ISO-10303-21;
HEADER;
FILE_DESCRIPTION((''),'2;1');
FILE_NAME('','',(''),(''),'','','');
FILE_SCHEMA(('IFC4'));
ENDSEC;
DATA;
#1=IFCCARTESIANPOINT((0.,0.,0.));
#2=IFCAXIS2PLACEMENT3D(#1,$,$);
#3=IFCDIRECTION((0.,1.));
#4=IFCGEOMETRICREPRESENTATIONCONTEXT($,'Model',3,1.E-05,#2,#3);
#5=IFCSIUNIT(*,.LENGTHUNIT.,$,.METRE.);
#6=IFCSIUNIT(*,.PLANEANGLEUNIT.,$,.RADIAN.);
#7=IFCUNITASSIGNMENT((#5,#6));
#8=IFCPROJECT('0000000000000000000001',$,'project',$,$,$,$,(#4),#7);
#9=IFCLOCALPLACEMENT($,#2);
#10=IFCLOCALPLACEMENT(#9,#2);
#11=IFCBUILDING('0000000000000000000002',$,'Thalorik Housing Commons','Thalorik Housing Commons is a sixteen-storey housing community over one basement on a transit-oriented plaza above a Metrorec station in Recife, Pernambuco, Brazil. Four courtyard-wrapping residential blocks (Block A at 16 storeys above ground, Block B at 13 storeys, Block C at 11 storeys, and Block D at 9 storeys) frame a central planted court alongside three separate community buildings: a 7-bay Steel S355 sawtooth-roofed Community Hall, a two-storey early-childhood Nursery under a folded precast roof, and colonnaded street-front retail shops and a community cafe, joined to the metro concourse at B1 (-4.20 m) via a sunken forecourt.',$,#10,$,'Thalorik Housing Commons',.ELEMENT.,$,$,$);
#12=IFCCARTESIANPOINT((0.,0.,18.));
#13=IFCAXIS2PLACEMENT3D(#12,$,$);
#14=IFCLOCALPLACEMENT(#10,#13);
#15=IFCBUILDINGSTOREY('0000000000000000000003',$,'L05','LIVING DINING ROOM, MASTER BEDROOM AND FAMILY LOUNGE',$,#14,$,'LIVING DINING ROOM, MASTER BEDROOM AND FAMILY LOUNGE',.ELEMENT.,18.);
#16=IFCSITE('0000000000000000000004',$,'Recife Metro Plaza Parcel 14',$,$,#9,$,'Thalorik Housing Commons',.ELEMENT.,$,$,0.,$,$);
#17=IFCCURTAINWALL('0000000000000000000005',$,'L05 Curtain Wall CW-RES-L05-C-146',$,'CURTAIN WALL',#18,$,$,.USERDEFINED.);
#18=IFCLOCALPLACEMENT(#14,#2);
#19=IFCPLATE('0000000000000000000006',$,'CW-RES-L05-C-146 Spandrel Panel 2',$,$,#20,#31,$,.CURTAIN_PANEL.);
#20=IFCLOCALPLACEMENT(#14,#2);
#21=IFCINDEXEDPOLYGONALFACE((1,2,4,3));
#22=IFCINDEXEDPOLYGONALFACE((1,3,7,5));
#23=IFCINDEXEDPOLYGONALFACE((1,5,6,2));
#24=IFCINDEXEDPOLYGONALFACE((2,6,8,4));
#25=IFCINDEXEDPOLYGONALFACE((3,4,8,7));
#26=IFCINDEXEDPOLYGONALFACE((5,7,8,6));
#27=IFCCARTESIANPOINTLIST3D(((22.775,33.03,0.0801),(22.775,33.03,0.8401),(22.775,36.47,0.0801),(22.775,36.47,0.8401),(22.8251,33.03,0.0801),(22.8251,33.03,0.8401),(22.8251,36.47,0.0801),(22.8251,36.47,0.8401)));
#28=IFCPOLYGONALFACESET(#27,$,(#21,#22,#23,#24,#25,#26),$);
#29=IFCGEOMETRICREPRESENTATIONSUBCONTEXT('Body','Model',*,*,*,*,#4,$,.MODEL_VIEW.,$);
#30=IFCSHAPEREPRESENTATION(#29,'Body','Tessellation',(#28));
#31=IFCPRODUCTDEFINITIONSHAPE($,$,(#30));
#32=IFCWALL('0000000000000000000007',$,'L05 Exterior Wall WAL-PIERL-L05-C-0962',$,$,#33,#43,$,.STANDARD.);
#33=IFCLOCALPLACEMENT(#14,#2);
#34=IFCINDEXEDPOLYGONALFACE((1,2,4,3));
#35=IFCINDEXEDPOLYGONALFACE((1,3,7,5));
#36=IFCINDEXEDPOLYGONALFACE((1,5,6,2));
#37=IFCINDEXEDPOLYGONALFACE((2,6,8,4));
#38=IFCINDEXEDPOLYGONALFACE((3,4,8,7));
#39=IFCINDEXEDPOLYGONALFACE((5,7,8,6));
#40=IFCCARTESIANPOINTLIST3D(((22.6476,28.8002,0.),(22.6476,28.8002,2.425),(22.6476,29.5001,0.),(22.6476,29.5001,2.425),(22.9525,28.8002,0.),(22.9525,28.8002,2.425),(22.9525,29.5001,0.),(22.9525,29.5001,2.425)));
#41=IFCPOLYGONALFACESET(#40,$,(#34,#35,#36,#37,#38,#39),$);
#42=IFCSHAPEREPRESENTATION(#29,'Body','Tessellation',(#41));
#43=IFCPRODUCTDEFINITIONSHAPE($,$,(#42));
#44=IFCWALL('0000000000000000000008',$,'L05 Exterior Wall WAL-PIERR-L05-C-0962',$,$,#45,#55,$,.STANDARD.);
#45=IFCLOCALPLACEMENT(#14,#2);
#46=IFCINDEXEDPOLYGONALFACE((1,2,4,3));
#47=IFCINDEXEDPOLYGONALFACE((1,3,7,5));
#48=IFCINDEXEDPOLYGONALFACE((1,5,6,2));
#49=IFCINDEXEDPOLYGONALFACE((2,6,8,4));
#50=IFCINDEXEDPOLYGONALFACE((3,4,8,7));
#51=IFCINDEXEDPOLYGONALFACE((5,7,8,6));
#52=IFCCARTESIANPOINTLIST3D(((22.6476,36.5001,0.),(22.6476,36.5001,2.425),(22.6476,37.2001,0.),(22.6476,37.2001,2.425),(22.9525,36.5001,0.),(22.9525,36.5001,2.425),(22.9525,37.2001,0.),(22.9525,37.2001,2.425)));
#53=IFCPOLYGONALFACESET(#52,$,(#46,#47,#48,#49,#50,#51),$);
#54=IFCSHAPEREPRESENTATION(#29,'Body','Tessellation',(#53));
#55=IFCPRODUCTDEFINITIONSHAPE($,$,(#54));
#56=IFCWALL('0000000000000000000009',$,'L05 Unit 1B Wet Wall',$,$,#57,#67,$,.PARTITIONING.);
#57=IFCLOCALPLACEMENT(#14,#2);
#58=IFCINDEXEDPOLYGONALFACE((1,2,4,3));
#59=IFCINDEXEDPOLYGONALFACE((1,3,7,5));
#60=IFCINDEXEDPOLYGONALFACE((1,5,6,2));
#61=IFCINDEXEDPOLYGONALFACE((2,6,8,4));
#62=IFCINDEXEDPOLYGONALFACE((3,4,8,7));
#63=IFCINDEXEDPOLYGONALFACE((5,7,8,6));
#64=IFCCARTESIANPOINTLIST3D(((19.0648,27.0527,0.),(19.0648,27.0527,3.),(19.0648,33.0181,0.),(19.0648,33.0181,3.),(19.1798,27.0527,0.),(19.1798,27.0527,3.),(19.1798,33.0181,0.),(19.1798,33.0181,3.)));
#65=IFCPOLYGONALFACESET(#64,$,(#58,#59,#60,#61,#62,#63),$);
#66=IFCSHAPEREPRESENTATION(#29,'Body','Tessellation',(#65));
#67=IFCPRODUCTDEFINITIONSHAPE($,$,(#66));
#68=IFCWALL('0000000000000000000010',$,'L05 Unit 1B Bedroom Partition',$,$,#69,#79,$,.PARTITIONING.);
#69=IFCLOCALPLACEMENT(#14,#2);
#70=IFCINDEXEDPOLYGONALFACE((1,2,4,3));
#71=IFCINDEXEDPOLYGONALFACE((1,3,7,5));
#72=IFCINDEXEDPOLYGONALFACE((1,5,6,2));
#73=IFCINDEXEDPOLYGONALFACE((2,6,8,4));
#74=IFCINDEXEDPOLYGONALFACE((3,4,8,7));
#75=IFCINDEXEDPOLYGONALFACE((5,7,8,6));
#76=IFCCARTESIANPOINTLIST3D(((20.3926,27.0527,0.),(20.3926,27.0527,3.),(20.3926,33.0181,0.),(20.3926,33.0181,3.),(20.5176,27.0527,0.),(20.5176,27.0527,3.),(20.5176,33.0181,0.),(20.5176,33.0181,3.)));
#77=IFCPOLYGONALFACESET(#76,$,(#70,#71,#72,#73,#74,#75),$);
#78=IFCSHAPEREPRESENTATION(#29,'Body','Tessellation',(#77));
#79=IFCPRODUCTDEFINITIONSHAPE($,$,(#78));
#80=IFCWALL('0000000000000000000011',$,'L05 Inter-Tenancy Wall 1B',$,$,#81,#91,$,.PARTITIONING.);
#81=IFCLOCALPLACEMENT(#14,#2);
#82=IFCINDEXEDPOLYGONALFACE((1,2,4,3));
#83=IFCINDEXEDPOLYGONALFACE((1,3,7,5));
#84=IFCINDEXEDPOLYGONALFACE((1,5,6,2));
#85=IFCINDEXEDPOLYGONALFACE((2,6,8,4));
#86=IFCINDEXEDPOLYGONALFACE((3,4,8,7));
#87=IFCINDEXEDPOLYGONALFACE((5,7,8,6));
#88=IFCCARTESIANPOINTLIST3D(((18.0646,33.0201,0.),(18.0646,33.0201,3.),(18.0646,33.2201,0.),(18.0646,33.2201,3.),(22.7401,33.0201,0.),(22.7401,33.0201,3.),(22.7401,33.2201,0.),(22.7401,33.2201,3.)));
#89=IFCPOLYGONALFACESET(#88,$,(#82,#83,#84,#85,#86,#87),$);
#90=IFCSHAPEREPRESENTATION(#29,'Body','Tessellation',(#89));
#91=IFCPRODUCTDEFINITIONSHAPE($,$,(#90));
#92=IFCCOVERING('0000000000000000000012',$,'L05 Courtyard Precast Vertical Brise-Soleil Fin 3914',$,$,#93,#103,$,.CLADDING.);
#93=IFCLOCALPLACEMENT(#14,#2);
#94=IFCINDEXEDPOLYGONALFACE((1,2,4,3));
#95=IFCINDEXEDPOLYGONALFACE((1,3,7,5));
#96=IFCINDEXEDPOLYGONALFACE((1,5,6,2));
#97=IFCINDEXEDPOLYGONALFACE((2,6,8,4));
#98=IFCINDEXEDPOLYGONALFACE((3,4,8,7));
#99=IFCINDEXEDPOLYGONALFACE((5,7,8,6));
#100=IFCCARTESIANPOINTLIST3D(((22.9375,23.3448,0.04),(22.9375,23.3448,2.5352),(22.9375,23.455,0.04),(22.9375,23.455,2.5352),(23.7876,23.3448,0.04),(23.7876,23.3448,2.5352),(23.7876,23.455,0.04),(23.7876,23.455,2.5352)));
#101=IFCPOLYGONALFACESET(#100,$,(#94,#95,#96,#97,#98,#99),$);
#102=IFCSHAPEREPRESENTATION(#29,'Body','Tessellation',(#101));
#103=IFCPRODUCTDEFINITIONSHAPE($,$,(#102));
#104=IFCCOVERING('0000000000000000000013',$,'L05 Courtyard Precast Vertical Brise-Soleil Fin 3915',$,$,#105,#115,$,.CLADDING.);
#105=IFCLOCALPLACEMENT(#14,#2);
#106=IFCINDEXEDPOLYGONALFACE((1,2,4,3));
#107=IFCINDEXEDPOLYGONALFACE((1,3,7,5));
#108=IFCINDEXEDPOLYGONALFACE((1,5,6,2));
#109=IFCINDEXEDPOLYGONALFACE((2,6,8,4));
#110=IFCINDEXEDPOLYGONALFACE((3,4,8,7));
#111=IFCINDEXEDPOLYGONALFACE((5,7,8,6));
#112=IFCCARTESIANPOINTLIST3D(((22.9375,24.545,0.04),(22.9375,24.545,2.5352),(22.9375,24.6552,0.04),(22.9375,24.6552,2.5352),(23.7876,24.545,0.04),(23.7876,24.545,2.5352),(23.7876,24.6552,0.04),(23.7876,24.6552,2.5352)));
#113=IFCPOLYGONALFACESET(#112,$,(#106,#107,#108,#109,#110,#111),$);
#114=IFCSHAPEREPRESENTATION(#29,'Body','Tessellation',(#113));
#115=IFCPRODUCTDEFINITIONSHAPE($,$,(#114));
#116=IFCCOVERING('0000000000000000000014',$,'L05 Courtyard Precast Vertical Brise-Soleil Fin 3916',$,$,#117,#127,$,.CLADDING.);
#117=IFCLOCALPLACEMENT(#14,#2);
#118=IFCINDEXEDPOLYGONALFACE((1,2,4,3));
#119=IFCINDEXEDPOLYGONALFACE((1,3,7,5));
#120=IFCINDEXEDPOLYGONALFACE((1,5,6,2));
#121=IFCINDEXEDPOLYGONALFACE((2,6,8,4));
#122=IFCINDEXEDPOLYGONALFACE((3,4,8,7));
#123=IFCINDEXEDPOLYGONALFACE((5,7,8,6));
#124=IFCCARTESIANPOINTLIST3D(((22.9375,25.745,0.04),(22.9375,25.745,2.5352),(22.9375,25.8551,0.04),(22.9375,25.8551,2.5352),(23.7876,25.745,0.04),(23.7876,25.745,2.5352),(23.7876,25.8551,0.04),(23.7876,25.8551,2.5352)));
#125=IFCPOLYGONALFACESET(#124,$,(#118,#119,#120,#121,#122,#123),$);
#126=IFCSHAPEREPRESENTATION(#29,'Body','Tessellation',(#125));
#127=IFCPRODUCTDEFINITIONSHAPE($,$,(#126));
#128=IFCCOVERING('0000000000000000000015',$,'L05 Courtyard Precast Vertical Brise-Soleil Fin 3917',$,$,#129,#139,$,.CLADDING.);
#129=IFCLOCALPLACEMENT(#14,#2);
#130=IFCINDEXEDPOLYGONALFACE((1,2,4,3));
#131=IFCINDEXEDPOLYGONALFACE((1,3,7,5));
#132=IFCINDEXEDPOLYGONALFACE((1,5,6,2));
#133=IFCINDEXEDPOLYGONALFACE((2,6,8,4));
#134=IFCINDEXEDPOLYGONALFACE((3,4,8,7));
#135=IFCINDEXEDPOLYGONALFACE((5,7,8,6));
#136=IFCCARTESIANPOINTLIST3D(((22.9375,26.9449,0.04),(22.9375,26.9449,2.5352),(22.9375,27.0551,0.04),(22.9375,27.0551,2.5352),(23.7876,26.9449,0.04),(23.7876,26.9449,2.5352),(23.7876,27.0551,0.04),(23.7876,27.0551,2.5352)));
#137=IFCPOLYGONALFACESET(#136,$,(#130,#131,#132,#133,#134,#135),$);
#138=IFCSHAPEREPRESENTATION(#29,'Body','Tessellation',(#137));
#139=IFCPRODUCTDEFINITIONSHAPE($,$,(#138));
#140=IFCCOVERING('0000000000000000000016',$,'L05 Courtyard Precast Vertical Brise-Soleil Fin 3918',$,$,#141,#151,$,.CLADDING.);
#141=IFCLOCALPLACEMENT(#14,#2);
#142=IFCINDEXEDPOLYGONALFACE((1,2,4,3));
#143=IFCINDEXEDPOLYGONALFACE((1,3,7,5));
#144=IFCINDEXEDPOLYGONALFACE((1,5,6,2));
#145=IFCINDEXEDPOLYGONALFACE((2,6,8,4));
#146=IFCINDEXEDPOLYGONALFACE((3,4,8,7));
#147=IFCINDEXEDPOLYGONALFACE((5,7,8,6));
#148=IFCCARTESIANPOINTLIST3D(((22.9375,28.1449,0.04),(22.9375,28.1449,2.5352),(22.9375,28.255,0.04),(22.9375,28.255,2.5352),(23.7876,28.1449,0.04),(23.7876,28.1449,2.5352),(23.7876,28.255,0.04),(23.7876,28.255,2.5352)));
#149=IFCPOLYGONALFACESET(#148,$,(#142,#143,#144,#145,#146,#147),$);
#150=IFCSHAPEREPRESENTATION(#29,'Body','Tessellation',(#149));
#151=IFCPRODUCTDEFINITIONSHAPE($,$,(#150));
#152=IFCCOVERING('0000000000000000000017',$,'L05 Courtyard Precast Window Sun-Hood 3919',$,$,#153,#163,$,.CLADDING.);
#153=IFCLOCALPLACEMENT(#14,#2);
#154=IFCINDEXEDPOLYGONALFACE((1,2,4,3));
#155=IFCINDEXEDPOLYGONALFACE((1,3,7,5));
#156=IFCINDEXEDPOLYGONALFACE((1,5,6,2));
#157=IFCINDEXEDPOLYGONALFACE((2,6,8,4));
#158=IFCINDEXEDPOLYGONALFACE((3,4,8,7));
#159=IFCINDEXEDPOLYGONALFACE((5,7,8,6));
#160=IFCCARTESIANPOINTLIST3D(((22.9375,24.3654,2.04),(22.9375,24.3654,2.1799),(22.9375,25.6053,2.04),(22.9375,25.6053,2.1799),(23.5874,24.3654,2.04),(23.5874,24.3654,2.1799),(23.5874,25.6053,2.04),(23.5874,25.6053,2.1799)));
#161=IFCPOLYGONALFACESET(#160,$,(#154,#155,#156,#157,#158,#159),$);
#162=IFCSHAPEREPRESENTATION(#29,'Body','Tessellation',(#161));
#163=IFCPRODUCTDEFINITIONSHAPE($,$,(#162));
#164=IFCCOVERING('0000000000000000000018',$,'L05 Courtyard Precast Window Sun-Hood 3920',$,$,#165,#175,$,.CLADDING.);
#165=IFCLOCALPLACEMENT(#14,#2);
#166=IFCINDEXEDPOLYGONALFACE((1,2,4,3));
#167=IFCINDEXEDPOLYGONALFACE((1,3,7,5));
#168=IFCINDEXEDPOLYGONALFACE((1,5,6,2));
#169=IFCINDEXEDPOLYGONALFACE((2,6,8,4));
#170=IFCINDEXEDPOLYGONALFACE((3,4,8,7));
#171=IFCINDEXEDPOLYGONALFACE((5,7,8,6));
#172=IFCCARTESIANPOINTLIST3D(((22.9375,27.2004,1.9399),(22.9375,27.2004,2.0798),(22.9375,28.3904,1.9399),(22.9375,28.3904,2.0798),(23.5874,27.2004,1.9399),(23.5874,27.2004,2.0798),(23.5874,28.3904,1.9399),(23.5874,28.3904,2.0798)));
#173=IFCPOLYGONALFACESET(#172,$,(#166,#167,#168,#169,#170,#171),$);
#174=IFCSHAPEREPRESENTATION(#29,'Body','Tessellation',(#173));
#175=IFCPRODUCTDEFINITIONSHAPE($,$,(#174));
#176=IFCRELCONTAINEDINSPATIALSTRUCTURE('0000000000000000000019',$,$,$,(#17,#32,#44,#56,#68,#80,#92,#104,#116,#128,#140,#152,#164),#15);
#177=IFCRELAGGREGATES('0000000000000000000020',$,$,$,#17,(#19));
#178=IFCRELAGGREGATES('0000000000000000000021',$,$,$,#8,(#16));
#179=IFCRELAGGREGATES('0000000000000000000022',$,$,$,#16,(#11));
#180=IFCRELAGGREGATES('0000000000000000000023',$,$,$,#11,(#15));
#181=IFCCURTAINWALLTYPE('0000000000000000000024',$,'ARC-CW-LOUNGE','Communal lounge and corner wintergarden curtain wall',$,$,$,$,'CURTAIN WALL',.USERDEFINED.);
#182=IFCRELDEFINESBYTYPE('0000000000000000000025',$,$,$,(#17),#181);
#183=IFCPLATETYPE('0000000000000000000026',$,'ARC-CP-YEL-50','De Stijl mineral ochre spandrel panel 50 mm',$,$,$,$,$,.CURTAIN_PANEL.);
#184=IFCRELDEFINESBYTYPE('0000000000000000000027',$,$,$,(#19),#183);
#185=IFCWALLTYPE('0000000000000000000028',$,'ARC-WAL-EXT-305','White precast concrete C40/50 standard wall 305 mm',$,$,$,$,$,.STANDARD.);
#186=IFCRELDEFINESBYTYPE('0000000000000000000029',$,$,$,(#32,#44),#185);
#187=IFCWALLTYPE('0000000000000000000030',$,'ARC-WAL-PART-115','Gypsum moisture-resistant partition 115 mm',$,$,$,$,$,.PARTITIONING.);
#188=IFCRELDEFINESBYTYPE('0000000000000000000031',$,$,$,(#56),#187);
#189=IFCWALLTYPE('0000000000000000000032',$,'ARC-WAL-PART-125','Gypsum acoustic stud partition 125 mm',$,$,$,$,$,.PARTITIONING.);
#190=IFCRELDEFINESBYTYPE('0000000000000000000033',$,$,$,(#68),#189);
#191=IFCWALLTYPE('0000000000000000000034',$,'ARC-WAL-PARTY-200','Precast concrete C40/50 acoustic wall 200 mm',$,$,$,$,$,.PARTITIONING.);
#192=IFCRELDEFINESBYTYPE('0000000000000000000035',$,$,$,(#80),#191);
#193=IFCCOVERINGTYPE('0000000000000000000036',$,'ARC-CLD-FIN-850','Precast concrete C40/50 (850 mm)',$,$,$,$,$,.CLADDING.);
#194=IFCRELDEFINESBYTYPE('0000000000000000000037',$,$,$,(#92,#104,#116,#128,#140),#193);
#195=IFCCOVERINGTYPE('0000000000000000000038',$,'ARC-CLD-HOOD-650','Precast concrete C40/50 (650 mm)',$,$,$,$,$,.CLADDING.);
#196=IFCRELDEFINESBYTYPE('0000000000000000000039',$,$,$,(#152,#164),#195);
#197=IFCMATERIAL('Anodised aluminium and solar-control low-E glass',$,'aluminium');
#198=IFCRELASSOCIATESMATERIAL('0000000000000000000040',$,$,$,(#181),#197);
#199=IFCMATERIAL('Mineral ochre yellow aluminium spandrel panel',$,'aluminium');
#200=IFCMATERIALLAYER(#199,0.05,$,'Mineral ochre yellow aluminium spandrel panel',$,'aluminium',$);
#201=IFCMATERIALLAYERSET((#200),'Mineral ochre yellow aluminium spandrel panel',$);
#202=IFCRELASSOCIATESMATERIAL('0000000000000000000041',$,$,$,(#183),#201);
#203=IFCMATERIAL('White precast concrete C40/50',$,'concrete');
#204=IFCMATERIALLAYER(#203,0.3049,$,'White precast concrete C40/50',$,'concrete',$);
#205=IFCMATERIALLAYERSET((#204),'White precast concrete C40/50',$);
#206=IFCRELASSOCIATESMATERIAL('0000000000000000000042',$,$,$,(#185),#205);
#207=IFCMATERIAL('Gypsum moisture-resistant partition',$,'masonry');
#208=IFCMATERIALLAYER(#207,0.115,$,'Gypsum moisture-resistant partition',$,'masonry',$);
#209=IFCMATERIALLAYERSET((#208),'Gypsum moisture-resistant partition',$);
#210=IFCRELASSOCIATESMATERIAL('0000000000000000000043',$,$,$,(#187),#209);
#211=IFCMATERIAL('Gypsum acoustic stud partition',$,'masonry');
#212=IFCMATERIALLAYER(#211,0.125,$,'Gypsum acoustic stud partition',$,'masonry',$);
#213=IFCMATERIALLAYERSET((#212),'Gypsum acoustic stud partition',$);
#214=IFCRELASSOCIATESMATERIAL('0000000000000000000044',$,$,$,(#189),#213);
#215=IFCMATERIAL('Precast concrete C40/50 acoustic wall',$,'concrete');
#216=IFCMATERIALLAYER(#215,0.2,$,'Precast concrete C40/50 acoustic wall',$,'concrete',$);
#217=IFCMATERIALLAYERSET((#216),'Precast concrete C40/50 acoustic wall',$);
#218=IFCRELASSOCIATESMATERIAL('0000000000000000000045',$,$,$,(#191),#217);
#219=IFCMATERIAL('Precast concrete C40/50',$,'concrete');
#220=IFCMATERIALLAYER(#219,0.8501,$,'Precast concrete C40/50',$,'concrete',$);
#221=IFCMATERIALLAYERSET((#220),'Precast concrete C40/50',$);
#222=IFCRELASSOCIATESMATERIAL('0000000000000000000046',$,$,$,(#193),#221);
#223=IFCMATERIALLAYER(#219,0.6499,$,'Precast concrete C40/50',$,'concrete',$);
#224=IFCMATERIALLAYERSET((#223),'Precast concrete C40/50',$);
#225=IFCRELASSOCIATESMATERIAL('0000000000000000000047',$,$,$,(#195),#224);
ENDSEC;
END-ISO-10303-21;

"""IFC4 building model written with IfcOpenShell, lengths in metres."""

from ifc_helpers import new_model, si_unit, direction, frame, frame_2d, origin, origin_2d, place, context, subcontext, project, spatial, rectangle, extrude, material, layer, layer_set, type_object, element, aggregate, save


model = new_model("IFC4")

# Units and contexts
model_context = context("Model", 3, precision=1e-05, world=origin(), true_north=direction((0.0, 1.0)))
body_context = subcontext(model_context, "Body", "Model", "MODEL_VIEW")
ifc_project = project(units=[si_unit("LENGTHUNIT", "METRE"), si_unit("PLANEANGLEUNIT", "RADIAN")], contexts=[model_context])

# Site, building, storey
site_placement = place(None, origin())
site = spatial("IfcSite", under=ifc_project, at=site_placement, Name="Recife Metro Plaza Parcel 14", LongName="Thalorik Housing Commons", CompositionType="ELEMENT", RefElevation=0.0)
building_placement = place(site_placement, origin())
building = spatial("IfcBuilding", under=site, at=building_placement, Name="Thalorik Housing Commons", Description="Thalorik Housing Commons is a sixteen-storey housing community over one basement on a transit-oriented plaza above a Metrorec station in Recife, Pernambuco, Brazil. Four courtyard-wrapping residential blocks (Block A at 16 storeys above ground, Block B at 13 storeys, Block C at 11 storeys, and Block D at 9 storeys) frame a central planted court alongside three separate community buildings: a 7-bay Steel S355 sawtooth-roofed Community Hall, a two-storey early-childhood Nursery under a folded precast roof, and colonnaded street-front retail shops and a community cafe, joined to the metro concourse at B1 (-4.20 m) via a sunken forecourt.", LongName="Thalorik Housing Commons", CompositionType="ELEMENT")
storey_placement = place(building_placement, frame((0.0, 0.0, 18.0)))
storey = spatial("IfcBuildingStorey", under=building, at=storey_placement, Name="L05", Description="LIVING DINING ROOM, MASTER BEDROOM AND FAMILY LOUNGE", LongName="LIVING DINING ROOM, MASTER BEDROOM AND FAMILY LOUNGE", CompositionType="ELEMENT", Elevation=18.0)

# Shared definitions
ifc_material_1 = material(Name="Precast concrete C40/50", Category="concrete")

# Curtain wall
ifc_material_2 = material(Name="Anodised aluminium and solar-control low-E glass", Category="aluminium")
curtain_wall_type = type_object("IfcCurtainWallType", Name="ARC-CW-LOUNGE", Description="Communal lounge and corner wintergarden curtain wall", ElementType="CURTAIN WALL", PredefinedType="USERDEFINED", material=ifc_material_2)
curtain_wall_placement = place(storey_placement, origin())
curtain_wall = element("IfcCurtainWall", 1, at=curtain_wall_placement, inside=storey, type_object=curtain_wall_type, Name="L05 Curtain Wall CW-RES-L05-C-146", ObjectType="CURTAIN WALL", PredefinedType="USERDEFINED")

# Plate
ifc_material_3 = material(Name="Mineral ochre yellow aluminium spandrel panel", Category="aluminium")
ifc_layer_1 = layer(ifc_material_3, 0.05, Name="Mineral ochre yellow aluminium spandrel panel", Category="aluminium")
ifc_layer_set_1 = layer_set([ifc_layer_1], Name="Mineral ochre yellow aluminium spandrel panel")
plate_type_1 = type_object("IfcPlateType", Name="ARC-CP-YEL-50", Description="De Stijl mineral ochre spandrel panel 50 mm", PredefinedType="CURTAIN_PANEL", material=ifc_layer_set_1)
plate_1_placement = place(storey_placement, frame((22.8, 34.75, 0.0801), z_axis=(0.0, 0.0, 1.0), x_axis=(0.0, 1.0, 0.0)))
plate_1 = element("IfcPlate", 2, at=plate_1_placement, type_object=plate_type_1, Name="CW-RES-L05-C-146 Spandrel Panel 2", PredefinedType="CURTAIN_PANEL", context=body_context, shape_type="SweptSolid", body=[
    extrude(rectangle(XDim=3.4399, YDim=0.05, at=origin_2d()), origin(), (0.0, 0.0, 1.0), 0.76),
])
aggregate(curtain_wall, [plate_1])

# Walls
ifc_material_4 = material(Name="White precast concrete C40/50", Category="concrete")
ifc_layer_2 = layer(ifc_material_4, 0.3049, Name="White precast concrete C40/50", Category="concrete")
ifc_layer_set_2 = layer_set([ifc_layer_2], Name="White precast concrete C40/50")
wall_type_1 = type_object("IfcWallType", Name="ARC-WAL-EXT-305", Description="White precast concrete C40/50 standard wall 305 mm", PredefinedType="STANDARD", material=ifc_layer_set_2)
for number, where, z_axis, x_axis, name in (
    (3, (22.8, 28.8, 0.0), (0.0, 0.0, 1.0), (0.0, 1.0, 0.0), "L05 Exterior Wall WAL-PIERL-L05-C-0962"),
    (4, (22.8, 36.5, 0.0), (0.0, 0.0, 1.0), (0.0, 1.0, 0.0), "L05 Exterior Wall WAL-PIERR-L05-C-0962"),
):
    element("IfcWall", number, at=place(storey_placement, frame(where, z_axis=z_axis, x_axis=x_axis)), inside=storey, type_object=wall_type_1, Name=name, PredefinedType="STANDARD", context=body_context, shape_type="SweptSolid", body=[
        extrude(rectangle(XDim=0.7, YDim=0.3049, at=frame_2d((0.3501, 0.0))), origin(), (0.0, 0.0, 1.0), 2.425),
    ])
ifc_material_5 = material(Name="Gypsum moisture-resistant partition", Category="masonry")
ifc_layer_3 = layer(ifc_material_5, 0.115, Name="Gypsum moisture-resistant partition", Category="masonry")
ifc_layer_set_3 = layer_set([ifc_layer_3], Name="Gypsum moisture-resistant partition")
wall_type_2 = type_object("IfcWallType", Name="ARC-WAL-PART-115", Description="Gypsum moisture-resistant partition 115 mm", PredefinedType="PARTITIONING", material=ifc_layer_set_3)
wall_1_placement = place(storey_placement, frame((19.1223, 27.0527, 0.0), z_axis=(0.0, 0.0, 1.0), x_axis=(0.0, 1.0, 0.0)))
element("IfcWall", 5, at=wall_1_placement, inside=storey, type_object=wall_type_2, Name="L05 Unit 1B Wet Wall", PredefinedType="PARTITIONING", context=body_context, shape_type="SweptSolid", body=[
    extrude(rectangle(XDim=5.9653, YDim=0.115, at=frame_2d((2.9827, 0.0))), origin(), (0.0, 0.0, 1.0), 3.0),
])
ifc_material_6 = material(Name="Gypsum acoustic stud partition", Category="masonry")
ifc_layer_4 = layer(ifc_material_6, 0.125, Name="Gypsum acoustic stud partition", Category="masonry")
ifc_layer_set_4 = layer_set([ifc_layer_4], Name="Gypsum acoustic stud partition")
wall_type_3 = type_object("IfcWallType", Name="ARC-WAL-PART-125", Description="Gypsum acoustic stud partition 125 mm", PredefinedType="PARTITIONING", material=ifc_layer_set_4)
wall_2_placement = place(storey_placement, frame((20.4551, 27.0527, 0.0), z_axis=(0.0, 0.0, 1.0), x_axis=(0.0, 1.0, 0.0)))
element("IfcWall", 6, at=wall_2_placement, inside=storey, type_object=wall_type_3, Name="L05 Unit 1B Bedroom Partition", PredefinedType="PARTITIONING", context=body_context, shape_type="SweptSolid", body=[
    extrude(rectangle(XDim=5.9653, YDim=0.125, at=frame_2d((2.9827, 0.0))), origin(), (0.0, 0.0, 1.0), 3.0),
])
ifc_material_7 = material(Name="Precast concrete C40/50 acoustic wall", Category="concrete")
ifc_layer_5 = layer(ifc_material_7, 0.2, Name="Precast concrete C40/50 acoustic wall", Category="concrete")
ifc_layer_set_5 = layer_set([ifc_layer_5], Name="Precast concrete C40/50 acoustic wall")
wall_type_4 = type_object("IfcWallType", Name="ARC-WAL-PARTY-200", Description="Precast concrete C40/50 acoustic wall 200 mm", PredefinedType="PARTITIONING", material=ifc_layer_set_5)
wall_3_placement = place(storey_placement, frame((18.0645, 33.1201, 0.0), z_axis=(0.0, 0.0, 1.0), x_axis=(1.0, 0.0, 0.0)))
element("IfcWall", 7, at=wall_3_placement, inside=storey, type_object=wall_type_4, Name="L05 Inter-Tenancy Wall 1B", PredefinedType="PARTITIONING", context=body_context, shape_type="SweptSolid", body=[
    extrude(rectangle(XDim=4.6755, YDim=0.2, at=frame_2d((2.3379, 0.0))), origin(), (0.0, 0.0, 1.0), 3.0),
])

# Coverings
ifc_layer_6 = layer(ifc_material_1, 0.8501, Name="Precast concrete C40/50", Category="concrete")
ifc_layer_set_6 = layer_set([ifc_layer_6], Name="Precast concrete C40/50")
covering_type_1 = type_object("IfcCoveringType", Name="ARC-CLD-FIN-850", Description="Precast concrete C40/50 (850 mm)", PredefinedType="CLADDING", material=ifc_layer_set_6)
for number, where, z_axis, x_axis, name in (
    (8, (23.3625, 23.3999, 0.04), (0.0, 0.0, 1.0), (0.0, 1.0, 0.0), "L05 Courtyard Precast Vertical Brise-Soleil Fin 3914"),
    (9, (23.3625, 24.6001, 0.04), (0.0, 0.0, 1.0), (0.0, 1.0, 0.0), "L05 Courtyard Precast Vertical Brise-Soleil Fin 3915"),
    (10, (23.3625, 25.8, 0.04), (0.0, 0.0, 1.0), (0.0, 1.0, 0.0), "L05 Courtyard Precast Vertical Brise-Soleil Fin 3916"),
    (11, (23.3625, 27.0, 0.04), (0.0, 0.0, 1.0), (0.0, 1.0, 0.0), "L05 Courtyard Precast Vertical Brise-Soleil Fin 3917"),
    (12, (23.3625, 28.2, 0.04), (0.0, 0.0, 1.0), (0.0, 1.0, 0.0), "L05 Courtyard Precast Vertical Brise-Soleil Fin 3918"),
):
    element("IfcCovering", number, at=place(storey_placement, frame(where, z_axis=z_axis, x_axis=x_axis)), inside=storey, type_object=covering_type_1, Name=name, PredefinedType="CLADDING", context=body_context, shape_type="SweptSolid", body=[
        extrude(rectangle(XDim=0.1101, YDim=0.8501, at=origin_2d()), origin(), (0.0, 0.0, 1.0), 2.4951),
    ])
ifc_layer_7 = layer(ifc_material_1, 0.6499, Name="Precast concrete C40/50", Category="concrete")
ifc_layer_set_7 = layer_set([ifc_layer_7], Name="Precast concrete C40/50")
covering_type_2 = type_object("IfcCoveringType", Name="ARC-CLD-HOOD-650", Description="Precast concrete C40/50 (650 mm)", PredefinedType="CLADDING", material=ifc_layer_set_7)
covering_1_placement = place(storey_placement, frame((23.2625, 24.9854, 2.04), z_axis=(0.0, 0.0, 1.0), x_axis=(0.0, 1.0, 0.0)))
element("IfcCovering", 13, at=covering_1_placement, inside=storey, type_object=covering_type_2, Name="L05 Courtyard Precast Window Sun-Hood 3919", PredefinedType="CLADDING", context=body_context, shape_type="SweptSolid", body=[
    extrude(rectangle(XDim=1.24, YDim=0.6499, at=origin_2d()), origin(), (0.0, 0.0, 1.0), 0.1399),
])
covering_2_placement = place(storey_placement, frame((23.2625, 27.7954, 1.9399), z_axis=(0.0, 0.0, 1.0), x_axis=(0.0, 1.0, 0.0)))
element("IfcCovering", 14, at=covering_2_placement, inside=storey, type_object=covering_type_2, Name="L05 Courtyard Precast Window Sun-Hood 3920", PredefinedType="CLADDING", context=body_context, shape_type="SweptSolid", body=[
    extrude(rectangle(XDim=1.1899, YDim=0.6499, at=origin_2d()), origin(), (0.0, 0.0, 1.0), 0.1399),
])

save(model, "model.ifc")
